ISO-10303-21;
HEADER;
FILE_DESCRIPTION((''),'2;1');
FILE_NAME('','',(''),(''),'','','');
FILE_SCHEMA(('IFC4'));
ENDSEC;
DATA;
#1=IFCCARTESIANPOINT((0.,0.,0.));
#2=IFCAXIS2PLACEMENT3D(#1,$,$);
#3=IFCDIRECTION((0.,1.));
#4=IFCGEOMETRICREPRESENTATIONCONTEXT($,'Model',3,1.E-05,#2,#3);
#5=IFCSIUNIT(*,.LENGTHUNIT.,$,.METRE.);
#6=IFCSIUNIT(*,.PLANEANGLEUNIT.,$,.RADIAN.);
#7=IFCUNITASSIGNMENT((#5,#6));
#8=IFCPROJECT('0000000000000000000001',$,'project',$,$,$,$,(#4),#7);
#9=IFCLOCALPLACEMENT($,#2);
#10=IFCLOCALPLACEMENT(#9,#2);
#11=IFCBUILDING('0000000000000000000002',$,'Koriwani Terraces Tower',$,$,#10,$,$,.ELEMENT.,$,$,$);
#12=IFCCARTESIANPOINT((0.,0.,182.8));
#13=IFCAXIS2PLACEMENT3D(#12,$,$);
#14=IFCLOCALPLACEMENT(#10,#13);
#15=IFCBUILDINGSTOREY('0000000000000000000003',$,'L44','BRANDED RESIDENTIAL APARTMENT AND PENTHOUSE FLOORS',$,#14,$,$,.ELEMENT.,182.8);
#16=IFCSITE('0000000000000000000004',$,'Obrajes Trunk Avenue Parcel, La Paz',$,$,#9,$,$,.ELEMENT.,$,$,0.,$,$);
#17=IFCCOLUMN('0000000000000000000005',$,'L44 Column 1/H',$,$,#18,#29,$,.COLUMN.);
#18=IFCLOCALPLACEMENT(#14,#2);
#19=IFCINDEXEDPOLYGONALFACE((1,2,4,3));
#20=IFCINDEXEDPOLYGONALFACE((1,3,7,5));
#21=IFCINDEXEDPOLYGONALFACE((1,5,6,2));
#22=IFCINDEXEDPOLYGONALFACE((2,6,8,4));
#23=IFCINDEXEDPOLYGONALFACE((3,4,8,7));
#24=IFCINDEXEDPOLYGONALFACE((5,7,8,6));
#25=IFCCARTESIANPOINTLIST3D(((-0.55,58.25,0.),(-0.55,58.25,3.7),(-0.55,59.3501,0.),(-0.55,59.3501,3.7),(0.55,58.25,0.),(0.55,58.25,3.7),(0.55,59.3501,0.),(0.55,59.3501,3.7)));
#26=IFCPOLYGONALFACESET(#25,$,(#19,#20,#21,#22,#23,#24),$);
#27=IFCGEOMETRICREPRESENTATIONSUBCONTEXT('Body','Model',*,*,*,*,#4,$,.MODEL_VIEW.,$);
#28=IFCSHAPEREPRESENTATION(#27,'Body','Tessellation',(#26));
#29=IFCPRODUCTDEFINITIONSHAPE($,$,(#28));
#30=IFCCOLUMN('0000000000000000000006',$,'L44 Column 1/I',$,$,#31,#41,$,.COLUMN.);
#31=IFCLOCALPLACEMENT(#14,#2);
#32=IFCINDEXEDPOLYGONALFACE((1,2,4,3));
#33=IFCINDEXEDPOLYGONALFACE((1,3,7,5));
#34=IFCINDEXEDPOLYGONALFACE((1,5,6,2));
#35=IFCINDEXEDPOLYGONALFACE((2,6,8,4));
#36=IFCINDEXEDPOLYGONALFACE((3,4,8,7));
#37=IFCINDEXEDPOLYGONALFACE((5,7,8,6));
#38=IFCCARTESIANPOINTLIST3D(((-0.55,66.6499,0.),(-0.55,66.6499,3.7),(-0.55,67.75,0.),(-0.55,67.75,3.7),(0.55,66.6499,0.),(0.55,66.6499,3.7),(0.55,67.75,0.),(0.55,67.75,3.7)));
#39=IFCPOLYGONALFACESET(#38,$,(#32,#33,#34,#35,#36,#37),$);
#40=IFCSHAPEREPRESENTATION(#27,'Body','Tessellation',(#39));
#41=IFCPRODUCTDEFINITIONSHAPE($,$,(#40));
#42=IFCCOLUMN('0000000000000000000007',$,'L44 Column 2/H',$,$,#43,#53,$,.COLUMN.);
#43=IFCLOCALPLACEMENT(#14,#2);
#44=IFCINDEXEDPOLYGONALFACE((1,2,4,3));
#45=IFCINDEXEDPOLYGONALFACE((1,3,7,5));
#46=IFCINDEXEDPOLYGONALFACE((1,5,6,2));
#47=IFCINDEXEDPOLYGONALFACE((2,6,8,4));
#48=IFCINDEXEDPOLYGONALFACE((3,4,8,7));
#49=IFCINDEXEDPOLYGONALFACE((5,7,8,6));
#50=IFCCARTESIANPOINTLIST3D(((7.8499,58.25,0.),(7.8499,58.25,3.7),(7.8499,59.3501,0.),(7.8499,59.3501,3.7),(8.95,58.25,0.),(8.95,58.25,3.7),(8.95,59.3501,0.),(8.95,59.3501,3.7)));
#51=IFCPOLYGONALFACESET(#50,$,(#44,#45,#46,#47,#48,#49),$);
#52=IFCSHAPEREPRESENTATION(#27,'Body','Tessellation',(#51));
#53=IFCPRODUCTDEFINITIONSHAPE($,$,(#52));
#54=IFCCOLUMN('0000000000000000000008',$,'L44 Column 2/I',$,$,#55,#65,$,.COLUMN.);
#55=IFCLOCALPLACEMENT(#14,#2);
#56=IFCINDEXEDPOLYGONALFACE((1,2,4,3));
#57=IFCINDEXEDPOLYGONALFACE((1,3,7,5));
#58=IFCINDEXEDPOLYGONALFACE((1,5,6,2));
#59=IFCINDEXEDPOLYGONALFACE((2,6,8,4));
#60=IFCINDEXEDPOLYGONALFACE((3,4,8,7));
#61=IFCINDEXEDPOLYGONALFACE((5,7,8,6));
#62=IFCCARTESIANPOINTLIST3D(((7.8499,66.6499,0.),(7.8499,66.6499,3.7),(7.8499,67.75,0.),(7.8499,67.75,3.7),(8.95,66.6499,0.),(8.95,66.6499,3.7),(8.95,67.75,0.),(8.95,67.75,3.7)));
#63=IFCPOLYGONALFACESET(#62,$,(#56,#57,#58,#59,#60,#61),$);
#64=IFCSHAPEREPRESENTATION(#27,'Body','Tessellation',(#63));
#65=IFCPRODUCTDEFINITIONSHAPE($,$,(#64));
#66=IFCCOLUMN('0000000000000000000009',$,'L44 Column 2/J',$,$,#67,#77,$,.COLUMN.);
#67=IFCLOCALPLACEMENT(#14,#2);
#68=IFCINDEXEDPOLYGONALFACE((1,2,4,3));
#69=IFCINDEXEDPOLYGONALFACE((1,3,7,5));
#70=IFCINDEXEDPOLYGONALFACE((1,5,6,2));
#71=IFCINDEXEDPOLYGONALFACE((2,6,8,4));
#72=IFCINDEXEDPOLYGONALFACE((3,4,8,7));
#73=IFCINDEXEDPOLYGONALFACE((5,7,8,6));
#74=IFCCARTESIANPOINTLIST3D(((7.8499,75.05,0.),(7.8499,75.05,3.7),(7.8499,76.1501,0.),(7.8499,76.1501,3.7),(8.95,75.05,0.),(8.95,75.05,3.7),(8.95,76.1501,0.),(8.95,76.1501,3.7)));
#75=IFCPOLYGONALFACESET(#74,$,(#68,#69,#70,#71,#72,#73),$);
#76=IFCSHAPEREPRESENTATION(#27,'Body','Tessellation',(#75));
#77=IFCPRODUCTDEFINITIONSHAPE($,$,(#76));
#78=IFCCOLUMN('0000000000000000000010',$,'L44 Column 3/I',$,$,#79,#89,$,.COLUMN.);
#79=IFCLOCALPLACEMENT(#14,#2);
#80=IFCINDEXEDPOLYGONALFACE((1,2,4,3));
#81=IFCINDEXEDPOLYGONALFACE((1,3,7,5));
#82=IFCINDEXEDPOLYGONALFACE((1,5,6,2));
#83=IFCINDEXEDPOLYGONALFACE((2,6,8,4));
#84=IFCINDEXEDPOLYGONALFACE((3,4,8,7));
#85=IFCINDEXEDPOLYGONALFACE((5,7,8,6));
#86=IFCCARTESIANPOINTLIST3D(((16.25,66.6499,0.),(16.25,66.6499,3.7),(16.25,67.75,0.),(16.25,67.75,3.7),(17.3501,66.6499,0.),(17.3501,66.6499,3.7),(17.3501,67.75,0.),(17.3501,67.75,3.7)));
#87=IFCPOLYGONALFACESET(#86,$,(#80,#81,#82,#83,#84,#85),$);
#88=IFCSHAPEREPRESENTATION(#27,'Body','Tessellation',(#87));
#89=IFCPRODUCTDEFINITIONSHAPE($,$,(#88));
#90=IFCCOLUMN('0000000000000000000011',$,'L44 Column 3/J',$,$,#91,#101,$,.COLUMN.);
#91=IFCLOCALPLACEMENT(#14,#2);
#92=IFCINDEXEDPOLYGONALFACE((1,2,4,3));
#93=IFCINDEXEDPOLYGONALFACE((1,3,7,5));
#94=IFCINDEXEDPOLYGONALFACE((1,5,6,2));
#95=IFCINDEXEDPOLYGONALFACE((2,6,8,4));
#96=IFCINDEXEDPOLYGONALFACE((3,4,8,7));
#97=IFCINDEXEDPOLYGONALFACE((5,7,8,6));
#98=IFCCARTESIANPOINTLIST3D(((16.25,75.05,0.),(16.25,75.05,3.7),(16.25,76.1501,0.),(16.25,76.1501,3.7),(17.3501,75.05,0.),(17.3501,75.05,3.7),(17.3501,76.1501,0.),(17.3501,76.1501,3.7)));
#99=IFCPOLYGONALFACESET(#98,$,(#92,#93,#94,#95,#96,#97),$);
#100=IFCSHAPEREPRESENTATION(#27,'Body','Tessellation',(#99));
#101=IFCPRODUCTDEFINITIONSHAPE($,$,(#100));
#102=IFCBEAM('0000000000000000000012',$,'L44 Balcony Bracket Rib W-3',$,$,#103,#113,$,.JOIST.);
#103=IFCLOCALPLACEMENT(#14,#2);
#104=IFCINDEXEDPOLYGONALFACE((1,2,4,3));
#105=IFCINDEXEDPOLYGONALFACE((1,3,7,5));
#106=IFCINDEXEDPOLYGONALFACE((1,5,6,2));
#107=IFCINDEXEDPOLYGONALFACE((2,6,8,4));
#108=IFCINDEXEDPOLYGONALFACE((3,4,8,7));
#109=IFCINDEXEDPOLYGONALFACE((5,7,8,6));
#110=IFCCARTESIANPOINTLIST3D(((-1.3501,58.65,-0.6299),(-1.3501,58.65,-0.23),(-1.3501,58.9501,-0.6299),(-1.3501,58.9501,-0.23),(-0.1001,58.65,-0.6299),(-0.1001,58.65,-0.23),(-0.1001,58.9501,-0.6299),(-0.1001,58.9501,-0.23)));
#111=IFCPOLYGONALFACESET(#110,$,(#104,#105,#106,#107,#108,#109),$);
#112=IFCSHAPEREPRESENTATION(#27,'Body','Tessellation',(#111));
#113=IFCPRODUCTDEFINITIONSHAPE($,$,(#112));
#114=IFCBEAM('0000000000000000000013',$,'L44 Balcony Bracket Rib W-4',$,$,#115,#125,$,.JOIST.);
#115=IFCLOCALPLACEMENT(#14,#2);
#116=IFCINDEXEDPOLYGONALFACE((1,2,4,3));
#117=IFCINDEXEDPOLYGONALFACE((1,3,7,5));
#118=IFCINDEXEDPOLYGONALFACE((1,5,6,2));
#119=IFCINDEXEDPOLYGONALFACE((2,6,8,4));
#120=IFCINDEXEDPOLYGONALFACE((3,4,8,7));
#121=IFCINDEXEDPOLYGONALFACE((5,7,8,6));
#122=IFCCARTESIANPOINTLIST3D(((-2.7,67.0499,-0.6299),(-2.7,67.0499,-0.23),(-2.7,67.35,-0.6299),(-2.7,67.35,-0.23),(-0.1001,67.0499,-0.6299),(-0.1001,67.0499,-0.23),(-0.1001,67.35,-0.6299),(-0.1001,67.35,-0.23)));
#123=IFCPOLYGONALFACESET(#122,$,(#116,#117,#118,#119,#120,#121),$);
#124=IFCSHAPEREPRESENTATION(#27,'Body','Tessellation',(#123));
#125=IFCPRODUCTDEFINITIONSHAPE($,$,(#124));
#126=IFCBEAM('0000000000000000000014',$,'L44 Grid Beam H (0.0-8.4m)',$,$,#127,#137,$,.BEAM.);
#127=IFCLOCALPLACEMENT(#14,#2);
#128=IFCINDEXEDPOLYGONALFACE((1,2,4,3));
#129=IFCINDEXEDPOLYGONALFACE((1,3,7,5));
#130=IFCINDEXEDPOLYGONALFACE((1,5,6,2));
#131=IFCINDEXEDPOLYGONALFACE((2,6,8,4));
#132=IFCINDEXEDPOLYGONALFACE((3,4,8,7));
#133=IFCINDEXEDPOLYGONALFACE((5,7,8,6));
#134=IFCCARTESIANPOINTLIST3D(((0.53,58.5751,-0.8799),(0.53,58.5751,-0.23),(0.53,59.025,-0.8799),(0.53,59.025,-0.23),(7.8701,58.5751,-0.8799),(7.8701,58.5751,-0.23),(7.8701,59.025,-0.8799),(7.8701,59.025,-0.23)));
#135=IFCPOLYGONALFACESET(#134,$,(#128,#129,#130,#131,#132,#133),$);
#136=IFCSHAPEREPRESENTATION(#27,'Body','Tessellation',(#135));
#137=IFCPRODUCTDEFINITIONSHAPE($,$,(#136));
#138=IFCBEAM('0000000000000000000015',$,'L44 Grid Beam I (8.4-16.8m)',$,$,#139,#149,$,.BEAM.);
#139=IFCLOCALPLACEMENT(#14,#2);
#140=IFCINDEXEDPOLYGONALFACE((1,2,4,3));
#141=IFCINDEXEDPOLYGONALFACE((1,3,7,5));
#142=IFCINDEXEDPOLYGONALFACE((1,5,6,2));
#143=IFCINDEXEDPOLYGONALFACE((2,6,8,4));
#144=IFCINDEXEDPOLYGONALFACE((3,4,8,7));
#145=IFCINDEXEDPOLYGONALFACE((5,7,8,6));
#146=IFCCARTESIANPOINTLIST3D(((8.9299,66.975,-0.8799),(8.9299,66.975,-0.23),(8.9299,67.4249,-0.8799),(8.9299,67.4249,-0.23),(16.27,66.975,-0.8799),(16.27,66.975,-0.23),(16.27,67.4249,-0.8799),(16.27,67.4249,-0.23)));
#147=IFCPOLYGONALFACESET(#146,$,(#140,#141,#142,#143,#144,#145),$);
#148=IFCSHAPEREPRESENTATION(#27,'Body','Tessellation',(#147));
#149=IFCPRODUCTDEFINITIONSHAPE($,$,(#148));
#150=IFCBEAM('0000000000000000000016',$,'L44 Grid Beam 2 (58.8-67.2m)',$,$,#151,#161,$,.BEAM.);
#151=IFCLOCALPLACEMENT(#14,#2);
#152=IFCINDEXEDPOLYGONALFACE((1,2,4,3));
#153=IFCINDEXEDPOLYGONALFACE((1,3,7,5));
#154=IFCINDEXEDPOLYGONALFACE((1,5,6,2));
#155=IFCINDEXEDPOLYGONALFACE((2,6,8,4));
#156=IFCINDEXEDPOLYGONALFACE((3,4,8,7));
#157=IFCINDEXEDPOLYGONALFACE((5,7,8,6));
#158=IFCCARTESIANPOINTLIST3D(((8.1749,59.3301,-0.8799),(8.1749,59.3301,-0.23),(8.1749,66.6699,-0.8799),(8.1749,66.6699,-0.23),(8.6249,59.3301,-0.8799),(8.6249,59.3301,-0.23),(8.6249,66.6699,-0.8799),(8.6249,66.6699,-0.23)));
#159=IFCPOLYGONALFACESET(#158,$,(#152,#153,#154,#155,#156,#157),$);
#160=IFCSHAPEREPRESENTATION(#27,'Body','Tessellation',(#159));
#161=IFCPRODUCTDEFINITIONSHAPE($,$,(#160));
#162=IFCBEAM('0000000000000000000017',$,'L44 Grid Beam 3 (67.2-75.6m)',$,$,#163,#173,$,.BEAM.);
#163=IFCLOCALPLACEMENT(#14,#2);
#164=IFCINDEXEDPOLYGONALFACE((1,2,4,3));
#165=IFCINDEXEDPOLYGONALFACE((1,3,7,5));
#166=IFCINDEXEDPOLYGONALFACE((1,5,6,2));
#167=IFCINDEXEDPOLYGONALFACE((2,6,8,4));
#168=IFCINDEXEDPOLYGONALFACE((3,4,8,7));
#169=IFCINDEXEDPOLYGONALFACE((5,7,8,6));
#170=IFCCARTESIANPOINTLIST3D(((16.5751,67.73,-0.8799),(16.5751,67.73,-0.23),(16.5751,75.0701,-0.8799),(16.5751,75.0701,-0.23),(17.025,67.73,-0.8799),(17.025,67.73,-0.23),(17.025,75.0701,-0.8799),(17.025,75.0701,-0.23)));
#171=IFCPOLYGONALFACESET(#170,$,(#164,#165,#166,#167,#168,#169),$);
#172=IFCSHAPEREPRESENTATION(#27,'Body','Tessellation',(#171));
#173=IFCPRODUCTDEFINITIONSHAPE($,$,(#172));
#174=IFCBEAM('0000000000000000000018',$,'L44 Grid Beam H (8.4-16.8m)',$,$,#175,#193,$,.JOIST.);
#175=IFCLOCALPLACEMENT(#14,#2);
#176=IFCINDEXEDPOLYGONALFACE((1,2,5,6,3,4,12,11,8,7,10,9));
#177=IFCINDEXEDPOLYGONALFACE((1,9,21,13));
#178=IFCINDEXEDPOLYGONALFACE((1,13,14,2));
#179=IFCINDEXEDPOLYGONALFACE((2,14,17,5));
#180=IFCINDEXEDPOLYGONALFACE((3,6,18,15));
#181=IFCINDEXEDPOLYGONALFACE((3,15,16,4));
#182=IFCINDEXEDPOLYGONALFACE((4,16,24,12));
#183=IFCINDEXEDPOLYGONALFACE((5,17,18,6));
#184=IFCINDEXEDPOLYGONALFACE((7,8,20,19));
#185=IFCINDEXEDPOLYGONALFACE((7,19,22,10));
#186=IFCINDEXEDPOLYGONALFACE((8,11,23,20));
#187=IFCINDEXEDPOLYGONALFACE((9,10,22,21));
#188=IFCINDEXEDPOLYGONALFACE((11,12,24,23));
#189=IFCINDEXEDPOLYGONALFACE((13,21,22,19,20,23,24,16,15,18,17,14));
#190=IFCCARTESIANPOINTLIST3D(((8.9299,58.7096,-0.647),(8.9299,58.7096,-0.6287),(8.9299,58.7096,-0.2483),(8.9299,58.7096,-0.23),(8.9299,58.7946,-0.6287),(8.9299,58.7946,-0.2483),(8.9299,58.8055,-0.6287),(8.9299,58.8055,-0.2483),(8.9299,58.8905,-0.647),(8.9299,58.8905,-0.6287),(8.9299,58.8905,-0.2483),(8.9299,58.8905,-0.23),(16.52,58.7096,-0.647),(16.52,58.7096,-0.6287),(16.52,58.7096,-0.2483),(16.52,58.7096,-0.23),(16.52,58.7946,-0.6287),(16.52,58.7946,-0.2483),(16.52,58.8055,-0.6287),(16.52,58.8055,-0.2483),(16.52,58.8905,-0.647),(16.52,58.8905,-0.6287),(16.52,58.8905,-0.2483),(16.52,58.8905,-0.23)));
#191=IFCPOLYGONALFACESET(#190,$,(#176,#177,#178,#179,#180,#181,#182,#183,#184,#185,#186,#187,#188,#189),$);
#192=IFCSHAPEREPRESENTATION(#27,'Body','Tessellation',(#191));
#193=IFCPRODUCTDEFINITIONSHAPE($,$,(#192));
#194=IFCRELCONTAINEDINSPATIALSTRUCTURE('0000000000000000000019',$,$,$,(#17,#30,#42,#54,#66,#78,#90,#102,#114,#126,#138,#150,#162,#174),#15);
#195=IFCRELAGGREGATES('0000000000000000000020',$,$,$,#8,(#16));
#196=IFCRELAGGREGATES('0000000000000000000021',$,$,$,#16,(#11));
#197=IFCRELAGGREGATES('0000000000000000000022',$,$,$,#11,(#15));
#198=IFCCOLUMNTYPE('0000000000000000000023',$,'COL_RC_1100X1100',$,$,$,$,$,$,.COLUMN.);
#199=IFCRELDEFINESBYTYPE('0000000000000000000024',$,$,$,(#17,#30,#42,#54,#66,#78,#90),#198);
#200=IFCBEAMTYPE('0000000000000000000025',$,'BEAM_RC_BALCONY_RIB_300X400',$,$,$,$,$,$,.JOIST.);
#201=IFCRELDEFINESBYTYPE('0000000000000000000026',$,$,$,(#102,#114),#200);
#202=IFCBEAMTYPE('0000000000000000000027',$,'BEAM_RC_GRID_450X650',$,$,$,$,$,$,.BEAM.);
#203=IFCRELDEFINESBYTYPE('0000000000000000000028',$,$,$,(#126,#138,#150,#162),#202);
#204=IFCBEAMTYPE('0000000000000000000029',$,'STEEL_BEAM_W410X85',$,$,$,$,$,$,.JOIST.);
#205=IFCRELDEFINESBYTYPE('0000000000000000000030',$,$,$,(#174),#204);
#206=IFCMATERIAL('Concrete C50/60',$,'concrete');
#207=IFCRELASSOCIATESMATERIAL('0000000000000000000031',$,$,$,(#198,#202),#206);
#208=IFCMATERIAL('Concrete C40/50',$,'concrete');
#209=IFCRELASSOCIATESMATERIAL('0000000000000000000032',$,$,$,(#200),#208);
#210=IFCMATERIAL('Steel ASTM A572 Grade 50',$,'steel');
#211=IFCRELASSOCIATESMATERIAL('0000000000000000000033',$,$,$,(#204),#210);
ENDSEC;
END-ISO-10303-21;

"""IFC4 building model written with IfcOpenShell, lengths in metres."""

from ifc_helpers import new_model, si_unit, direction, frame, origin, origin_2d, place, context, subcontext, project, spatial, rectangle, i_section, extrude, material, material_profile, profile_set, type_object, element, save


model = new_model("IFC4")

# Units and contexts
model_context = context("Model", 3, precision=1e-05, world=origin(), true_north=direction((0.0, 1.0)))
body_context = subcontext(model_context, "Body", "Model", "MODEL_VIEW")
ifc_project = project(units=[si_unit("LENGTHUNIT", "METRE"), si_unit("PLANEANGLEUNIT", "RADIAN")], contexts=[model_context])

# Site, building, storey
site_placement = place(None, origin())
site = spatial("IfcSite", under=ifc_project, at=site_placement, Name="Obrajes Trunk Avenue Parcel, La Paz", CompositionType="ELEMENT", RefElevation=0.0)
building_placement = place(site_placement, origin())
building = spatial("IfcBuilding", under=site, at=building_placement, Name="Koriwani Terraces Tower", CompositionType="ELEMENT")
storey_placement = place(building_placement, frame((0.0, 0.0, 182.8)))
storey = spatial("IfcBuildingStorey", under=building, at=storey_placement, Name="L44", Description="BRANDED RESIDENTIAL APARTMENT AND PENTHOUSE FLOORS", CompositionType="ELEMENT", Elevation=182.8)

# Columns
ifc_material_1 = material(Name="Concrete C50/60", Category="concrete")
ifc_material_profile_1 = material_profile(ifc_material_1, rectangle(XDim=1.1001, YDim=1.1001, at=origin_2d()), Name="Concrete C50/60", Category="LoadBearing")
ifc_profile_set_1 = profile_set([ifc_material_profile_1], Name="Concrete C50/60")
column_type = type_object("IfcColumnType", Name="COL_RC_1100X1100", PredefinedType="COLUMN", material=ifc_profile_set_1)
for number, where, z_axis, x_axis, name in (
    (1, (0.0, 58.8, 0.0), (0.0, 0.0, 1.0), (1.0, 0.0, 0.0), "L44 Column 1/H"),
    (2, (0.0, 67.2, 0.0), (0.0, 0.0, 1.0), (1.0, 0.0, 0.0), "L44 Column 1/I"),
    (3, (8.3999, 58.8, 0.0), (0.0, 0.0, 1.0), (1.0, 0.0, 0.0), "L44 Column 2/H"),
    (4, (8.3999, 67.2, 0.0), (0.0, 0.0, 1.0), (1.0, 0.0, 0.0), "L44 Column 2/I"),
    (5, (8.3999, 75.6001, 0.0), (0.0, 0.0, 1.0), (1.0, 0.0, 0.0), "L44 Column 2/J"),
    (6, (16.8, 67.2, 0.0), (0.0, 0.0, 1.0), (1.0, 0.0, 0.0), "L44 Column 3/I"),
    (7, (16.8, 75.6001, 0.0), (0.0, 0.0, 1.0), (1.0, 0.0, 0.0), "L44 Column 3/J"),
):
    element("IfcColumn", number, at=place(storey_placement, frame(where, z_axis=z_axis, x_axis=x_axis)), inside=storey, type_object=column_type, Name=name, PredefinedType="COLUMN", context=body_context, shape_type="SweptSolid", body=[
        extrude(rectangle(XDim=1.1001, YDim=1.1001, at=origin_2d()), origin(), (0.0, 0.0, 1.0), 3.7),
    ])

# Beams
ifc_material_2 = material(Name="Concrete C40/50", Category="concrete")
ifc_material_profile_2 = material_profile(ifc_material_2, rectangle(XDim=0.3, YDim=0.3999, at=origin_2d()), Name="Concrete C40/50", Category="LoadBearing")
ifc_profile_set_2 = profile_set([ifc_material_profile_2], Name="Concrete C40/50")
beam_type_1 = type_object("IfcBeamType", Name="BEAM_RC_BALCONY_RIB_300X400", PredefinedType="JOIST", material=ifc_profile_set_2)
beam_1_placement = place(storey_placement, frame((-1.3501, 58.8, -0.4299), z_axis=(1.0, 0.0, 0.0), x_axis=(0.0, 1.0, 0.0)))
element("IfcBeam", 8, at=beam_1_placement, inside=storey, type_object=beam_type_1, Name="L44 Balcony Bracket Rib W-3", PredefinedType="JOIST", context=body_context, shape_type="SweptSolid", body=[
    extrude(rectangle(XDim=0.3, YDim=0.3999, at=origin_2d()), origin(), (0.0, 0.0, 1.0), 1.25),
])
beam_2_placement = place(storey_placement, frame((-2.7, 67.2, -0.4299), z_axis=(1.0, 0.0, 0.0), x_axis=(0.0, 1.0, 0.0)))
element("IfcBeam", 9, at=beam_2_placement, inside=storey, type_object=beam_type_1, Name="L44 Balcony Bracket Rib W-4", PredefinedType="JOIST", context=body_context, shape_type="SweptSolid", body=[
    extrude(rectangle(XDim=0.3, YDim=0.3999, at=origin_2d()), origin(), (0.0, 0.0, 1.0), 2.5999),
])
ifc_material_profile_3 = material_profile(ifc_material_1, rectangle(XDim=0.45, YDim=0.6499, at=origin_2d()), Name="Concrete C50/60", Category="LoadBearing")
ifc_profile_set_3 = profile_set([ifc_material_profile_3], Name="Concrete C50/60")
beam_type_2 = type_object("IfcBeamType", Name="BEAM_RC_GRID_450X650", PredefinedType="BEAM", material=ifc_profile_set_3)
for number, where, z_axis, x_axis, name in (
    (10, (0.53, 58.8, -0.5549), (1.0, 0.0, 0.0), (0.0, 1.0, 0.0), "L44 Grid Beam H (0.0-8.4m)"),
    (11, (8.9299, 67.2, -0.5549), (1.0, 0.0, 0.0), (0.0, 1.0, 0.0), "L44 Grid Beam I (8.4-16.8m)"),
):
    element("IfcBeam", number, at=place(storey_placement, frame(where, z_axis=z_axis, x_axis=x_axis)), inside=storey, type_object=beam_type_2, Name=name, PredefinedType="BEAM", context=body_context, shape_type="SweptSolid", body=[
        extrude(rectangle(XDim=0.45, YDim=0.6499, at=origin_2d()), origin(), (0.0, 0.0, 1.0), 7.3401),
    ])
beam_3_placement = place(storey_placement, frame((8.3999, 59.3301, -0.5549), z_axis=(0.0, 1.0, 0.0), x_axis=(-1.0, 0.0, 0.0)))
element("IfcBeam", 12, at=beam_3_placement, inside=storey, type_object=beam_type_2, Name="L44 Grid Beam 2 (58.8-67.2m)", PredefinedType="BEAM", context=body_context, shape_type="SweptSolid", body=[
    extrude(rectangle(XDim=0.45, YDim=0.6499, at=origin_2d()), origin(), (0.0, 0.0, 1.0), 7.3398),
])
beam_4_placement = place(storey_placement, frame((16.8, 67.73, -0.5549), z_axis=(0.0, 1.0, 0.0), x_axis=(-1.0, 0.0, 0.0)))
element("IfcBeam", 13, at=beam_4_placement, inside=storey, type_object=beam_type_2, Name="L44 Grid Beam 3 (67.2-75.6m)", PredefinedType="BEAM", context=body_context, shape_type="SweptSolid", body=[
    extrude(rectangle(XDim=0.45, YDim=0.6499, at=origin_2d()), origin(), (0.0, 0.0, 1.0), 7.3401),
])
ifc_material_3 = material(Name="Steel ASTM A572 Grade 50", Category="steel")
ifc_material_profile_4 = material_profile(ifc_material_3, i_section(OverallWidth=0.1809, OverallDepth=0.417, WebThickness=0.011, FlangeThickness=0.0183, at=origin_2d()), Name="Steel ASTM A572 Grade 50", Category="LoadBearing")
ifc_profile_set_4 = profile_set([ifc_material_profile_4], Name="Steel ASTM A572 Grade 50")
beam_type_3 = type_object("IfcBeamType", Name="STEEL_BEAM_W410X85", PredefinedType="JOIST", material=ifc_profile_set_4)
beam_5_placement = place(storey_placement, frame((8.9299, 58.8, -0.4385), z_axis=(1.0, 0.0, 0.0), x_axis=(0.0, 1.0, 0.0)))
element("IfcBeam", 14, at=beam_5_placement, inside=storey, type_object=beam_type_3, Name="L44 Grid Beam H (8.4-16.8m)", PredefinedType="JOIST", context=body_context, shape_type="SweptSolid", body=[
    extrude(i_section(OverallWidth=0.1809, OverallDepth=0.417, WebThickness=0.011, FlangeThickness=0.0183, at=origin_2d()), origin(), (0.0, 0.0, 1.0), 7.5901),
])

save(model, "model.ifc")
